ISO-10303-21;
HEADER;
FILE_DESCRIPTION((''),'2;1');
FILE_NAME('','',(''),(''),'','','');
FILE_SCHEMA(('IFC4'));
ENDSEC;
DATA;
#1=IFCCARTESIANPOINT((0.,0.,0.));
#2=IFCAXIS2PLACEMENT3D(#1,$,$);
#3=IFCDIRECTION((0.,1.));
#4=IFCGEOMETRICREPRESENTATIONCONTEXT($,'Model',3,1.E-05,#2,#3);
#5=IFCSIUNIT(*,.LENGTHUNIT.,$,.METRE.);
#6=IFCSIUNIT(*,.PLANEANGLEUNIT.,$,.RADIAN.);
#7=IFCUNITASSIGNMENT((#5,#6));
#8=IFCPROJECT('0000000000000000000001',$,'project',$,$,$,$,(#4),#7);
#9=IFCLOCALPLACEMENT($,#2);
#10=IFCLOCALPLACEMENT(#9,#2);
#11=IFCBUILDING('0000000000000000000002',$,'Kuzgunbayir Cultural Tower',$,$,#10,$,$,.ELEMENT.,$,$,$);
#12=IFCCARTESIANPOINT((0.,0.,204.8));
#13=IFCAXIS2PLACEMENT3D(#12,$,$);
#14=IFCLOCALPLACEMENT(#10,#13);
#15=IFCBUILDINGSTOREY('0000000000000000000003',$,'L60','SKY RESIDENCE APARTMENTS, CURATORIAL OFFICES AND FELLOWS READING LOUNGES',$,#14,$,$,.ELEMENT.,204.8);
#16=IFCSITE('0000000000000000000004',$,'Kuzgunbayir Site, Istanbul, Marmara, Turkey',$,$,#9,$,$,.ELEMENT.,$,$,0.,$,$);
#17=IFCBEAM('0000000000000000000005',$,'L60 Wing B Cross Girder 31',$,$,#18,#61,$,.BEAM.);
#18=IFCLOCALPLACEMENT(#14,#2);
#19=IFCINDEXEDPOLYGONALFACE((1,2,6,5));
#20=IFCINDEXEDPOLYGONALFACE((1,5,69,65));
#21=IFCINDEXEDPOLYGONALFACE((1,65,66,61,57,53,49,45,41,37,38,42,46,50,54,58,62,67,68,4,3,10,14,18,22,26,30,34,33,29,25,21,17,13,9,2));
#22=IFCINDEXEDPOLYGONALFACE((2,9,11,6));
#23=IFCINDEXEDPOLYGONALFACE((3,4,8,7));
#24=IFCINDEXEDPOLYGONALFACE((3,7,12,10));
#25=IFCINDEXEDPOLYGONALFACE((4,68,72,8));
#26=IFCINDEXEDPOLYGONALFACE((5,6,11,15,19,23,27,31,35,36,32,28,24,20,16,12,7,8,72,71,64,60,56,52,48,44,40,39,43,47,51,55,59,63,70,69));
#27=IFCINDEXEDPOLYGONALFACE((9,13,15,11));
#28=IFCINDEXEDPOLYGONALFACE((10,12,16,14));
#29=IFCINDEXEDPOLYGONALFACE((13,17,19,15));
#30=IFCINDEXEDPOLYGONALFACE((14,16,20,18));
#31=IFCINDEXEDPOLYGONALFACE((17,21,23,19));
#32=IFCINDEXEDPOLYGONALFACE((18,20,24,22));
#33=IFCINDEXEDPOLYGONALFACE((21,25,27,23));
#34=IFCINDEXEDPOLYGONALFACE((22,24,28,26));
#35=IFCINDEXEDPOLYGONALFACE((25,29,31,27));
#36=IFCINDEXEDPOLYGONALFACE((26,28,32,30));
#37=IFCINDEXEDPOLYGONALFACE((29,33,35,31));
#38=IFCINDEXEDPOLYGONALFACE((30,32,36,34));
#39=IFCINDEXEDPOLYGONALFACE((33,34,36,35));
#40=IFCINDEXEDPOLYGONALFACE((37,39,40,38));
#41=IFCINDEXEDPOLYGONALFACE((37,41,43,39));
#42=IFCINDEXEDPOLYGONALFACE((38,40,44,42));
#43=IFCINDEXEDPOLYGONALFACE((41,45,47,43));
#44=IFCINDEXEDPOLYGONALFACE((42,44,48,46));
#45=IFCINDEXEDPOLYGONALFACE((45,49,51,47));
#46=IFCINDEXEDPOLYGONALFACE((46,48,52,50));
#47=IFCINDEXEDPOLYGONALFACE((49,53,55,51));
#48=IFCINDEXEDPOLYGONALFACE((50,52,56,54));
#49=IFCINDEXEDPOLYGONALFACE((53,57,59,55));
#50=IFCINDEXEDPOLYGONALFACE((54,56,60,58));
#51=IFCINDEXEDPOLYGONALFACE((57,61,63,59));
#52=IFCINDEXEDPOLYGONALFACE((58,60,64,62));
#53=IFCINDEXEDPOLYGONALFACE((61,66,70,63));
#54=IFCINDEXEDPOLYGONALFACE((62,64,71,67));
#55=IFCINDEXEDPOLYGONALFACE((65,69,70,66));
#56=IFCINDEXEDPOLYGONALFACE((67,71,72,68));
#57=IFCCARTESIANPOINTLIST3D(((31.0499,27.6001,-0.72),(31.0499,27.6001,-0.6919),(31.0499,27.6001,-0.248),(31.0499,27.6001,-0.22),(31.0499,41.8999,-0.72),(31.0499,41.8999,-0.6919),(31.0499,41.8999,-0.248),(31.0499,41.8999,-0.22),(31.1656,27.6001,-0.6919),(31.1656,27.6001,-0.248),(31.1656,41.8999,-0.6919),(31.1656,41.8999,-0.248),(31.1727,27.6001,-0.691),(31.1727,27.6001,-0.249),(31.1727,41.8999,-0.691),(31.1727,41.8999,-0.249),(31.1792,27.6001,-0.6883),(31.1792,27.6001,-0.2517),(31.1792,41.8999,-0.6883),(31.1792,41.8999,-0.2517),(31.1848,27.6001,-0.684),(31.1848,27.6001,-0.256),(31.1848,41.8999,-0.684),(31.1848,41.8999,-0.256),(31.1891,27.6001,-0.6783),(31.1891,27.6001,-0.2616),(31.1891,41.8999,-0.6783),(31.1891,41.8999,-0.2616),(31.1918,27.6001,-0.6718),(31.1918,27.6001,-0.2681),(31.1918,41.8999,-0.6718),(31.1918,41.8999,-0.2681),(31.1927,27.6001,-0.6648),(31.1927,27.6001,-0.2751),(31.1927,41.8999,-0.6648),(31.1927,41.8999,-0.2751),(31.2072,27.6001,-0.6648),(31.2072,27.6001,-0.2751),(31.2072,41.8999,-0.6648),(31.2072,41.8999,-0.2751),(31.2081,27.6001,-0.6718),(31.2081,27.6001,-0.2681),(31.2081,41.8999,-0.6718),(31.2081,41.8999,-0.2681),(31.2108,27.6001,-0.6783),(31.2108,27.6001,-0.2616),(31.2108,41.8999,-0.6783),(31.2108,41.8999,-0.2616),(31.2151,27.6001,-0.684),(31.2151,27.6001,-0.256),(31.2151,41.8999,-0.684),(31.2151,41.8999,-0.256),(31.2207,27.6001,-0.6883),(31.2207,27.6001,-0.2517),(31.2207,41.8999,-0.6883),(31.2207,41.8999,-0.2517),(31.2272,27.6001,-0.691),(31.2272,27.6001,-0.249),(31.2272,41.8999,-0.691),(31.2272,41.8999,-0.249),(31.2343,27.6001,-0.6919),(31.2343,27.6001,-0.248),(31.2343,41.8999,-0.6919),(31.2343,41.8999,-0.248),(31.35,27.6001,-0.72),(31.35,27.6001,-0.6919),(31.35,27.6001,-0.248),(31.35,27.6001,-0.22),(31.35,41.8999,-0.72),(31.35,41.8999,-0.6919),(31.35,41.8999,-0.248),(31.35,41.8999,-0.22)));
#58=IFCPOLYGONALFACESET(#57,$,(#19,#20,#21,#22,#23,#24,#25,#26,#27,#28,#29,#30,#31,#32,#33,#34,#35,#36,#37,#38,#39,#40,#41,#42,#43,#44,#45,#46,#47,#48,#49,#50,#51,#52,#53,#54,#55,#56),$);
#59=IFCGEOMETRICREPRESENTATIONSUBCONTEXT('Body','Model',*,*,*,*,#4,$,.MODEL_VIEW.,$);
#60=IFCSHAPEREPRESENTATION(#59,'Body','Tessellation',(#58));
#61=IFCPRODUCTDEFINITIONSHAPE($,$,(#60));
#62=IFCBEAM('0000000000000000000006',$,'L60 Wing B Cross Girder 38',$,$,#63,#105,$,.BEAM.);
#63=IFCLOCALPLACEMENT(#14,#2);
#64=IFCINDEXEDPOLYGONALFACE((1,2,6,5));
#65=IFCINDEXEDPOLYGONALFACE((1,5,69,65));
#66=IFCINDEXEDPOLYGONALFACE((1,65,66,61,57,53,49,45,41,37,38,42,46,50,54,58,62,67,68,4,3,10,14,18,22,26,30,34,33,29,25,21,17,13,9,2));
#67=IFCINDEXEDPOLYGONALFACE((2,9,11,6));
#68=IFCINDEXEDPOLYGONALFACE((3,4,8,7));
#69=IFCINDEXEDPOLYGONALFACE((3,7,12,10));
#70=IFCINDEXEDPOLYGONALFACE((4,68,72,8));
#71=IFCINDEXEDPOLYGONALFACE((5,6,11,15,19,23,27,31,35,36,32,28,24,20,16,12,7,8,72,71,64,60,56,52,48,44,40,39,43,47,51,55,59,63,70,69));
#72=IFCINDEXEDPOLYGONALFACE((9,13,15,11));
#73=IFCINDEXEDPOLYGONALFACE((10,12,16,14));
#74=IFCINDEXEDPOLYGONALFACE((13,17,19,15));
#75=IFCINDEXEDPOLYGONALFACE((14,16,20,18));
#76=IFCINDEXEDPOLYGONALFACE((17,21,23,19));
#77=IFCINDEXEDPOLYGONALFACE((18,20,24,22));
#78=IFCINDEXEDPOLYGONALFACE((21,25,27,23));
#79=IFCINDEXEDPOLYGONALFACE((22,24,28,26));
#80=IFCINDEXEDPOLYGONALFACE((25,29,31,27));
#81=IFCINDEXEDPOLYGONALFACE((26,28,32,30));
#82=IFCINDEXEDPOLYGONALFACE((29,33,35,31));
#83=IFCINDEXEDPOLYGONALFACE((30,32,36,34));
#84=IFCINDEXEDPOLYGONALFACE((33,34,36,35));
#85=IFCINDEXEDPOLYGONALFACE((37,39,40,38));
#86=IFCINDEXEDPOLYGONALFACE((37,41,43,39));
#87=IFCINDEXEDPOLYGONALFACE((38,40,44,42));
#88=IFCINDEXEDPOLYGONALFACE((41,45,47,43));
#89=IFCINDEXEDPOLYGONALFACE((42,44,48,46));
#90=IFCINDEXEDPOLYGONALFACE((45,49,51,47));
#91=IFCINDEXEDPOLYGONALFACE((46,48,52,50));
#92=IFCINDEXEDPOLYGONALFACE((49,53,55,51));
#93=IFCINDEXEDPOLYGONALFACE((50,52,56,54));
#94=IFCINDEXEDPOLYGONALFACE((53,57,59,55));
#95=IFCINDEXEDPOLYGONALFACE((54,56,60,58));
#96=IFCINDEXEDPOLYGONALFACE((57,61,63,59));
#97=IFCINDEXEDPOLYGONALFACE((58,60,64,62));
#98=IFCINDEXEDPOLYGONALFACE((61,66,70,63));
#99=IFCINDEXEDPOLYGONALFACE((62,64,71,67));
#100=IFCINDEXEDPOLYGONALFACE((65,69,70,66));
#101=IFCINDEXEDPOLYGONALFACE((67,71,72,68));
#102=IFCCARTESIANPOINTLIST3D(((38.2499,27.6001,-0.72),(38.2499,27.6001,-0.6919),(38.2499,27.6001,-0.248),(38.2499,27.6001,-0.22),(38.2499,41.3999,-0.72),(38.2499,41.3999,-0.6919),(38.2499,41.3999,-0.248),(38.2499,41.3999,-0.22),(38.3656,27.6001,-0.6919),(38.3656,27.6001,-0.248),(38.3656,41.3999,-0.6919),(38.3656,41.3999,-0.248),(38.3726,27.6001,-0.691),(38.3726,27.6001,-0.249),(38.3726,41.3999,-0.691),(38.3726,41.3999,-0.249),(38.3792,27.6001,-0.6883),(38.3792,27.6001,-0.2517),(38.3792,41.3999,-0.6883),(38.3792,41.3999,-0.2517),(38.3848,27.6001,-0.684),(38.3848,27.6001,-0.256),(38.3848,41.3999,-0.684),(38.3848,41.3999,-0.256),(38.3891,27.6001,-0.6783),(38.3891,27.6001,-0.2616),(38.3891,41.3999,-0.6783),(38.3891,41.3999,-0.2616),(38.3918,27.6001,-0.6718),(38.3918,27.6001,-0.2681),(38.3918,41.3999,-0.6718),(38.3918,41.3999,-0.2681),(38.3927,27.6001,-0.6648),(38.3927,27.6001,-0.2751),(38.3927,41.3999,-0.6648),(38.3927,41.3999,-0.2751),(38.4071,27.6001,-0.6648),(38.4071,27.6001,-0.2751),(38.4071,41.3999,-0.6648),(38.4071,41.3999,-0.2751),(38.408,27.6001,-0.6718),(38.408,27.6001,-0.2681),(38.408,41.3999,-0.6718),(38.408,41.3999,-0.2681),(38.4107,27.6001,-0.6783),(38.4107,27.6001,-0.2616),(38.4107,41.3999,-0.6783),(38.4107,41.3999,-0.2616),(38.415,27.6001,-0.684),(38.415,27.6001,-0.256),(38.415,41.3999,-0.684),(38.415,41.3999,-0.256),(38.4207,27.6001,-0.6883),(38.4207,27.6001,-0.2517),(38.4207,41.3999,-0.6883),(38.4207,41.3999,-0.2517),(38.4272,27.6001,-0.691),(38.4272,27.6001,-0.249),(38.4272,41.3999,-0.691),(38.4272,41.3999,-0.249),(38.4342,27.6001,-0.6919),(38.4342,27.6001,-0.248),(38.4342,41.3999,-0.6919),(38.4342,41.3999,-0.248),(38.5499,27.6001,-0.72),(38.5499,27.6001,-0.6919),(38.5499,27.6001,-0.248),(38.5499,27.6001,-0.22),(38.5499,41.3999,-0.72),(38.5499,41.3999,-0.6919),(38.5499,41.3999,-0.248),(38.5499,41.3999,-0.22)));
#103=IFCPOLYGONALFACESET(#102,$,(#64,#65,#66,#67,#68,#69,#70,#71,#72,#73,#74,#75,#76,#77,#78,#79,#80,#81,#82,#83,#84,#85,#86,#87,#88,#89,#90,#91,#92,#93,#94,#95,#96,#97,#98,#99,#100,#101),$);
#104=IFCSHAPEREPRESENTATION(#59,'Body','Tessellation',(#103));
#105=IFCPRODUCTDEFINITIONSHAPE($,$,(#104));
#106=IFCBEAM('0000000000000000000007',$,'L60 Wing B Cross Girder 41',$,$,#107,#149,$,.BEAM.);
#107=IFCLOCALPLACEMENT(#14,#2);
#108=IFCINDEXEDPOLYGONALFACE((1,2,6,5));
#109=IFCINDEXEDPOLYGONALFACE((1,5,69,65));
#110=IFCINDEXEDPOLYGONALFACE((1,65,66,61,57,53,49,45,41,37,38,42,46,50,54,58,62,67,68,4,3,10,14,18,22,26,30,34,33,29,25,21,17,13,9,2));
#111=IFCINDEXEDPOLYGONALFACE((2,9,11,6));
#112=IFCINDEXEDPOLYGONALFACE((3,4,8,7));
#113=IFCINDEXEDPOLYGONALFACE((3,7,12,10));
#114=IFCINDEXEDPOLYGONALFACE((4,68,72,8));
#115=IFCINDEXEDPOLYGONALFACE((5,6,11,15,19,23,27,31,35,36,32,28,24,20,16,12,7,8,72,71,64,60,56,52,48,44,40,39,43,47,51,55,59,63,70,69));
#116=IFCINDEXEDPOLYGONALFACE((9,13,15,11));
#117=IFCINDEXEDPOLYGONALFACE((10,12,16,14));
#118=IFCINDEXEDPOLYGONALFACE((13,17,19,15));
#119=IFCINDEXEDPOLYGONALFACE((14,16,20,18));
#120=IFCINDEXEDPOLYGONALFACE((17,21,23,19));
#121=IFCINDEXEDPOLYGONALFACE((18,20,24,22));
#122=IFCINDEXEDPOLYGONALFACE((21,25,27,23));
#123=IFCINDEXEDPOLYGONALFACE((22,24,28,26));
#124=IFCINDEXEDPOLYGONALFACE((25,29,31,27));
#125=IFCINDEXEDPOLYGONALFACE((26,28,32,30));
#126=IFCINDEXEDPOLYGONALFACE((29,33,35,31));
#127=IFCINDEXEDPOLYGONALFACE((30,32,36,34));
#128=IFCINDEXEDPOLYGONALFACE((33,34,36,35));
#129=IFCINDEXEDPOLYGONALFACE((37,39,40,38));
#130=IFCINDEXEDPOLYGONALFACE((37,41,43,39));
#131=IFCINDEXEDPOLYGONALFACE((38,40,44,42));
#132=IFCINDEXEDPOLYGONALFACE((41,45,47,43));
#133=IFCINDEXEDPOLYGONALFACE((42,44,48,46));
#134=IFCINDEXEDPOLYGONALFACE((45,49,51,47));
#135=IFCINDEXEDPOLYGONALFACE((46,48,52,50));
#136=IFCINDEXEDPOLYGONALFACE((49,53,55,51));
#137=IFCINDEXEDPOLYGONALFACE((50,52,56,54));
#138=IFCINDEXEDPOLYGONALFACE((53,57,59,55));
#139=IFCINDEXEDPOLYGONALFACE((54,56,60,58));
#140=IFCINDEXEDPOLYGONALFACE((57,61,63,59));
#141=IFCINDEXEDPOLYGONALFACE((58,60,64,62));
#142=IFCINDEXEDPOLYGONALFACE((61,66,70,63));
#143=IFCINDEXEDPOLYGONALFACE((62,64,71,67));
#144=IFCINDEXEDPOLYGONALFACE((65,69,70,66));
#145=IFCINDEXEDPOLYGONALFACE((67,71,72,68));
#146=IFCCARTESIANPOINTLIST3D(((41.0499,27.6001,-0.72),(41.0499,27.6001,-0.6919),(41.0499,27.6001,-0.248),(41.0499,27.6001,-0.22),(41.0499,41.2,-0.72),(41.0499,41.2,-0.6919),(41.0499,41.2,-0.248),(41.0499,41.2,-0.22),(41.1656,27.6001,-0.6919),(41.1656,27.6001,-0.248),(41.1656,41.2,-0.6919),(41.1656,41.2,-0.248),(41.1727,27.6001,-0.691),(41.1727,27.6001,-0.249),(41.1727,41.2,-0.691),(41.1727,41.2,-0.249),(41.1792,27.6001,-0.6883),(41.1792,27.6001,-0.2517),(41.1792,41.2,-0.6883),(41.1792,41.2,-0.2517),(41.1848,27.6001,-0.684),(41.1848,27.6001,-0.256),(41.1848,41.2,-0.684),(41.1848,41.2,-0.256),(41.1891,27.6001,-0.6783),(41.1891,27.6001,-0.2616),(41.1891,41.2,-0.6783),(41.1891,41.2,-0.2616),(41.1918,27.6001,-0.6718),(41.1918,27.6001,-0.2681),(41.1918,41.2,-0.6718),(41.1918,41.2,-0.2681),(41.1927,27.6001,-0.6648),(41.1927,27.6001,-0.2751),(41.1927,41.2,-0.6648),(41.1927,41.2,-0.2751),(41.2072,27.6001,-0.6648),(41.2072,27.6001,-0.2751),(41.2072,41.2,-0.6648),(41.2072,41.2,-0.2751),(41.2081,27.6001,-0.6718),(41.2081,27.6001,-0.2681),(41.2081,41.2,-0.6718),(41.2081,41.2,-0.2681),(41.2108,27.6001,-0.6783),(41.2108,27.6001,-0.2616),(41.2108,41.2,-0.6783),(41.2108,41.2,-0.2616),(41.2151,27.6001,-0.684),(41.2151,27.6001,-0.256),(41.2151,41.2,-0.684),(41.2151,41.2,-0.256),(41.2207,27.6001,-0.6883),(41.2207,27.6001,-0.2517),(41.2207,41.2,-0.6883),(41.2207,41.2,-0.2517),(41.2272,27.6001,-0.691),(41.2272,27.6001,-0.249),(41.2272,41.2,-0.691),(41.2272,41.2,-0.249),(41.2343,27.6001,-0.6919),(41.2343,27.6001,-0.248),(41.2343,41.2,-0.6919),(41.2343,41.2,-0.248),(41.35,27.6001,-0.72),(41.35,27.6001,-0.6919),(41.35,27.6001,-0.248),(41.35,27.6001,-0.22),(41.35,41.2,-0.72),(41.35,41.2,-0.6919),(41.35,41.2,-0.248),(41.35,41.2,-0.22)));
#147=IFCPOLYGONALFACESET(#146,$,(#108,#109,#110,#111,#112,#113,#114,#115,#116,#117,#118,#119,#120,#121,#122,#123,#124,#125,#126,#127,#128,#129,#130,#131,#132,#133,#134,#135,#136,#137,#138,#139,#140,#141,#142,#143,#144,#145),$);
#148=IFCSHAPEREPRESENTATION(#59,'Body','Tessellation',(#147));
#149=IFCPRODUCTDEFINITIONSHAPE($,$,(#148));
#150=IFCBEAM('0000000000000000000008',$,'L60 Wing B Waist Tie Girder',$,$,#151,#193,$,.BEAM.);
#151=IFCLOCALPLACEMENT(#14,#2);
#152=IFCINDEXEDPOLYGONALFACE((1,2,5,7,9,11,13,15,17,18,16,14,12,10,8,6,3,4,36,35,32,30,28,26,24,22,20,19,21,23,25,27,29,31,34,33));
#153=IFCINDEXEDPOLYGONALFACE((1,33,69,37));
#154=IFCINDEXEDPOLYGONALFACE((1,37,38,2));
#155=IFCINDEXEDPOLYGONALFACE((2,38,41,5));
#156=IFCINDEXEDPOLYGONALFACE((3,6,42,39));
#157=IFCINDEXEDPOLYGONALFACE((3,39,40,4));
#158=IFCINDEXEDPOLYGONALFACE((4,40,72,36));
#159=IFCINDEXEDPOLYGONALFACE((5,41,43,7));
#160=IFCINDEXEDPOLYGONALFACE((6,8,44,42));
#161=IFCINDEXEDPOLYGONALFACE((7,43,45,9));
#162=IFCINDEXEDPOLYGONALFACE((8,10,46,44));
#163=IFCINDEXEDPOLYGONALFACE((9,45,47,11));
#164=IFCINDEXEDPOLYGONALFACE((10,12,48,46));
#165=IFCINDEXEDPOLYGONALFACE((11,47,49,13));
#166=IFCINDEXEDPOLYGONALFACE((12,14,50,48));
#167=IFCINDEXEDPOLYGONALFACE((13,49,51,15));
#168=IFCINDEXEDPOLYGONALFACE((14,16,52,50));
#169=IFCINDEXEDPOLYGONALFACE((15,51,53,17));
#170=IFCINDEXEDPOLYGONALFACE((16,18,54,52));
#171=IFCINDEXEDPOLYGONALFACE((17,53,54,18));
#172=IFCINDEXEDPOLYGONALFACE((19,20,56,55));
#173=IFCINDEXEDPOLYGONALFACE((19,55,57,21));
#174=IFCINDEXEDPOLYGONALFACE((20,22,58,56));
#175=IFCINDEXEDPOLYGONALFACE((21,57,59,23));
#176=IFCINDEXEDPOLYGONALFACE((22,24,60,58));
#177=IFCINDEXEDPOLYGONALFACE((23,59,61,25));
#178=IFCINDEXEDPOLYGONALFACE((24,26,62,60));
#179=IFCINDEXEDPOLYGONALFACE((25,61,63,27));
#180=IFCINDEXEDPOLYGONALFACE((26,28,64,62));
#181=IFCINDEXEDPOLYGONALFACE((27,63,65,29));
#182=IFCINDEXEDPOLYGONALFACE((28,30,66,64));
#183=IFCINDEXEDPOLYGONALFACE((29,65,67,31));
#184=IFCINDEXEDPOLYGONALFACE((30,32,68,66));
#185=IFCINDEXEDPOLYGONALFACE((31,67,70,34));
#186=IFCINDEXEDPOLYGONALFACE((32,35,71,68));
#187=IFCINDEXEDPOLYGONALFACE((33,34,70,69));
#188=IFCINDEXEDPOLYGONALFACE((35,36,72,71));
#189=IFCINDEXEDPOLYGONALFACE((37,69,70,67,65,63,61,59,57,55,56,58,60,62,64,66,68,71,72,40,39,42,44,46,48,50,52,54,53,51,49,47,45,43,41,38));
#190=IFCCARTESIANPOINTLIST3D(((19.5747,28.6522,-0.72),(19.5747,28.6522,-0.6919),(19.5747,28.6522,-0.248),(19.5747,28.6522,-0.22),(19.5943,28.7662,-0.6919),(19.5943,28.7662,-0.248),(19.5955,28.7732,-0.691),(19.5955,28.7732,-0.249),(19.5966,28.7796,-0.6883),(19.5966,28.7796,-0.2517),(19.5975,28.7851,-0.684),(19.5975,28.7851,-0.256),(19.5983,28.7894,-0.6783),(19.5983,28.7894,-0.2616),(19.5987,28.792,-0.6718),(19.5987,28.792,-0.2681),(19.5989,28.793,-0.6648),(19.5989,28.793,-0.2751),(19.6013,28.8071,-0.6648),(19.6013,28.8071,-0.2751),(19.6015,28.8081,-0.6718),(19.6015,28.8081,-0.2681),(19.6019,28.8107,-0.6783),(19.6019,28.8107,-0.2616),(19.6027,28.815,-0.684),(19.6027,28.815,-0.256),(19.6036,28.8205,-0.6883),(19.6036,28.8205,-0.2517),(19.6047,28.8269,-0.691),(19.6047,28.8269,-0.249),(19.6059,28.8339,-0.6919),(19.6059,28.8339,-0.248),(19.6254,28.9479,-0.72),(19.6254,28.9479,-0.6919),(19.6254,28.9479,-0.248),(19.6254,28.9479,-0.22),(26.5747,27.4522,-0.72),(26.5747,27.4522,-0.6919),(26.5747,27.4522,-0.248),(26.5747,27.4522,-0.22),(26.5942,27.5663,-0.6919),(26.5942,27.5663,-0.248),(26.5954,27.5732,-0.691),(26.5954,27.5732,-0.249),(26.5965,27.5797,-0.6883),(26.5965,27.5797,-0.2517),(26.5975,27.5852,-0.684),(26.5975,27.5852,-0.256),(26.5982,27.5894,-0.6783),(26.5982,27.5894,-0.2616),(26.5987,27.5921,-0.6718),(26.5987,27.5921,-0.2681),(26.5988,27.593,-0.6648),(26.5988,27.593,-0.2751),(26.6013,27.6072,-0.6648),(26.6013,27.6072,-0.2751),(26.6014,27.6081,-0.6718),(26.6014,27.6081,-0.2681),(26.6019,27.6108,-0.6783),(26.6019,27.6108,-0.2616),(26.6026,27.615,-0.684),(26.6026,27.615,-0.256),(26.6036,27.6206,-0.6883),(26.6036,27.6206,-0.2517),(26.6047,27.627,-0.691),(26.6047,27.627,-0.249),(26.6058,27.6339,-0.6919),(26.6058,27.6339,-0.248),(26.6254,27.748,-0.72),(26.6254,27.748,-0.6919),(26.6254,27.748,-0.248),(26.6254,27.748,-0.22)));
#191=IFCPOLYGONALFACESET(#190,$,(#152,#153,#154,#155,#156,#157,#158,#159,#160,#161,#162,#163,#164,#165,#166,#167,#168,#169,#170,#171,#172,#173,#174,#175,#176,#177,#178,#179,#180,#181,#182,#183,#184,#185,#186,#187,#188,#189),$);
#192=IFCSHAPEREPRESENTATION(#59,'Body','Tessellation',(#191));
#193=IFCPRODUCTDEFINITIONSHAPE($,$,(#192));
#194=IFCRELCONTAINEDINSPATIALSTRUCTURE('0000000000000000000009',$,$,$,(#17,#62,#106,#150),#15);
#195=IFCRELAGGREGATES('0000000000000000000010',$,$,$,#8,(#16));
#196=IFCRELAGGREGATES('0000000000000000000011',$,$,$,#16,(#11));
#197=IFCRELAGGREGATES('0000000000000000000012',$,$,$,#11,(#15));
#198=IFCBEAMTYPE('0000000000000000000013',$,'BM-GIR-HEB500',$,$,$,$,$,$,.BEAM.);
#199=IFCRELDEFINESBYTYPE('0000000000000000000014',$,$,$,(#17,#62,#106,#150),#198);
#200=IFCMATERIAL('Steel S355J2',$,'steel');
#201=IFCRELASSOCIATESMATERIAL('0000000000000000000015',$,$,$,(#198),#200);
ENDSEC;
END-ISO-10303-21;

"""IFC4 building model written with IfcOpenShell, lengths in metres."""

from ifc_helpers import new_model, si_unit, direction, frame, origin, origin_2d, place, context, subcontext, project, spatial, i_section, extrude, material, material_profile, profile_set, type_object, element, save


model = new_model("IFC4")

# Units and contexts
model_context = context("Model", 3, precision=1e-05, world=origin(), true_north=direction((0.0, 1.0)))
body_context = subcontext(model_context, "Body", "Model", "MODEL_VIEW")
ifc_project = project(units=[si_unit("LENGTHUNIT", "METRE"), si_unit("PLANEANGLEUNIT", "RADIAN")], contexts=[model_context])

# Site, building, storey
site_placement = place(None, origin())
site = spatial("IfcSite", under=ifc_project, at=site_placement, Name="Kuzgunbayir Site, Istanbul, Marmara, Turkey", CompositionType="ELEMENT", RefElevation=0.0)
building_placement = place(site_placement, origin())
building = spatial("IfcBuilding", under=site, at=building_placement, Name="Kuzgunbayir Cultural Tower", CompositionType="ELEMENT")
storey_placement = place(building_placement, frame((0.0, 0.0, 204.8)))
storey = spatial("IfcBuildingStorey", under=building, at=storey_placement, Name="L60", Description="SKY RESIDENCE APARTMENTS, CURATORIAL OFFICES AND FELLOWS READING LOUNGES", CompositionType="ELEMENT", Elevation=204.8)

# Beams
ifc_material_1 = material(Name="Steel S355J2", Category="steel")
ifc_material_profile_1 = material_profile(ifc_material_1, i_section(OverallWidth=0.3, OverallDepth=0.5, WebThickness=0.0144, FlangeThickness=0.0281, FilletRadius=0.0271, at=origin_2d()), Name="HEB 500")
ifc_profile_set_1 = profile_set([ifc_material_profile_1], Name="Steel S355J2")
beam_type_1 = type_object("IfcBeamType", Name="BM-GIR-HEB500", PredefinedType="BEAM", material=ifc_profile_set_1)
beam_1_placement = place(storey_placement, frame((31.2, 27.6001, -0.47), z_axis=(0.0, 1.0, 0.0), x_axis=(-1.0, 0.0, 0.0)))
element("IfcBeam", 1, at=beam_1_placement, inside=storey, type_object=beam_type_1, Name="L60 Wing B Cross Girder 31", PredefinedType="BEAM", context=body_context, shape_type="SweptSolid", body=[
    extrude(i_section(OverallWidth=0.3, OverallDepth=0.5, WebThickness=0.0144, FlangeThickness=0.0281, FilletRadius=0.0271, at=origin_2d()), origin(), (0.0, 0.0, 1.0), 14.2998),
])
beam_2_placement = place(storey_placement, frame((38.3999, 27.6001, -0.47), z_axis=(0.0, 1.0, 0.0), x_axis=(-1.0, 0.0, 0.0)))
element("IfcBeam", 2, at=beam_2_placement, inside=storey, type_object=beam_type_1, Name="L60 Wing B Cross Girder 38", PredefinedType="BEAM", context=body_context, shape_type="SweptSolid", body=[
    extrude(i_section(OverallWidth=0.3, OverallDepth=0.5, WebThickness=0.0144, FlangeThickness=0.0281, FilletRadius=0.0271, at=origin_2d()), origin(), (0.0, 0.0, 1.0), 13.7998),
])
beam_3_placement = place(storey_placement, frame((41.2, 27.6001, -0.47), z_axis=(0.0, 1.0, 0.0), x_axis=(-1.0, 0.0, 0.0)))
element("IfcBeam", 3, at=beam_3_placement, inside=storey, type_object=beam_type_1, Name="L60 Wing B Cross Girder 41", PredefinedType="BEAM", context=body_context, shape_type="SweptSolid", body=[
    extrude(i_section(OverallWidth=0.3, OverallDepth=0.5, WebThickness=0.0144, FlangeThickness=0.0281, FilletRadius=0.0271, at=origin_2d()), origin(), (0.0, 0.0, 1.0), 13.5999),
])
beam_4_placement = place(storey_placement, frame((19.6001, 28.8, -0.47), z_axis=(0.985623, -0.168957, 0.0), x_axis=(0.168957, 0.985623, 0.0)))
element("IfcBeam", 4, at=beam_4_placement, inside=storey, type_object=beam_type_1, Name="L60 Wing B Waist Tie Girder", PredefinedType="BEAM", context=body_context, shape_type="SweptSolid", body=[
    extrude(i_section(OverallWidth=0.3, OverallDepth=0.5, WebThickness=0.0144, FlangeThickness=0.0281, FilletRadius=0.0271, at=origin_2d()), origin(), (0.0, 0.0, 1.0), 7.1021),
])

save(model, "model.ifc")
